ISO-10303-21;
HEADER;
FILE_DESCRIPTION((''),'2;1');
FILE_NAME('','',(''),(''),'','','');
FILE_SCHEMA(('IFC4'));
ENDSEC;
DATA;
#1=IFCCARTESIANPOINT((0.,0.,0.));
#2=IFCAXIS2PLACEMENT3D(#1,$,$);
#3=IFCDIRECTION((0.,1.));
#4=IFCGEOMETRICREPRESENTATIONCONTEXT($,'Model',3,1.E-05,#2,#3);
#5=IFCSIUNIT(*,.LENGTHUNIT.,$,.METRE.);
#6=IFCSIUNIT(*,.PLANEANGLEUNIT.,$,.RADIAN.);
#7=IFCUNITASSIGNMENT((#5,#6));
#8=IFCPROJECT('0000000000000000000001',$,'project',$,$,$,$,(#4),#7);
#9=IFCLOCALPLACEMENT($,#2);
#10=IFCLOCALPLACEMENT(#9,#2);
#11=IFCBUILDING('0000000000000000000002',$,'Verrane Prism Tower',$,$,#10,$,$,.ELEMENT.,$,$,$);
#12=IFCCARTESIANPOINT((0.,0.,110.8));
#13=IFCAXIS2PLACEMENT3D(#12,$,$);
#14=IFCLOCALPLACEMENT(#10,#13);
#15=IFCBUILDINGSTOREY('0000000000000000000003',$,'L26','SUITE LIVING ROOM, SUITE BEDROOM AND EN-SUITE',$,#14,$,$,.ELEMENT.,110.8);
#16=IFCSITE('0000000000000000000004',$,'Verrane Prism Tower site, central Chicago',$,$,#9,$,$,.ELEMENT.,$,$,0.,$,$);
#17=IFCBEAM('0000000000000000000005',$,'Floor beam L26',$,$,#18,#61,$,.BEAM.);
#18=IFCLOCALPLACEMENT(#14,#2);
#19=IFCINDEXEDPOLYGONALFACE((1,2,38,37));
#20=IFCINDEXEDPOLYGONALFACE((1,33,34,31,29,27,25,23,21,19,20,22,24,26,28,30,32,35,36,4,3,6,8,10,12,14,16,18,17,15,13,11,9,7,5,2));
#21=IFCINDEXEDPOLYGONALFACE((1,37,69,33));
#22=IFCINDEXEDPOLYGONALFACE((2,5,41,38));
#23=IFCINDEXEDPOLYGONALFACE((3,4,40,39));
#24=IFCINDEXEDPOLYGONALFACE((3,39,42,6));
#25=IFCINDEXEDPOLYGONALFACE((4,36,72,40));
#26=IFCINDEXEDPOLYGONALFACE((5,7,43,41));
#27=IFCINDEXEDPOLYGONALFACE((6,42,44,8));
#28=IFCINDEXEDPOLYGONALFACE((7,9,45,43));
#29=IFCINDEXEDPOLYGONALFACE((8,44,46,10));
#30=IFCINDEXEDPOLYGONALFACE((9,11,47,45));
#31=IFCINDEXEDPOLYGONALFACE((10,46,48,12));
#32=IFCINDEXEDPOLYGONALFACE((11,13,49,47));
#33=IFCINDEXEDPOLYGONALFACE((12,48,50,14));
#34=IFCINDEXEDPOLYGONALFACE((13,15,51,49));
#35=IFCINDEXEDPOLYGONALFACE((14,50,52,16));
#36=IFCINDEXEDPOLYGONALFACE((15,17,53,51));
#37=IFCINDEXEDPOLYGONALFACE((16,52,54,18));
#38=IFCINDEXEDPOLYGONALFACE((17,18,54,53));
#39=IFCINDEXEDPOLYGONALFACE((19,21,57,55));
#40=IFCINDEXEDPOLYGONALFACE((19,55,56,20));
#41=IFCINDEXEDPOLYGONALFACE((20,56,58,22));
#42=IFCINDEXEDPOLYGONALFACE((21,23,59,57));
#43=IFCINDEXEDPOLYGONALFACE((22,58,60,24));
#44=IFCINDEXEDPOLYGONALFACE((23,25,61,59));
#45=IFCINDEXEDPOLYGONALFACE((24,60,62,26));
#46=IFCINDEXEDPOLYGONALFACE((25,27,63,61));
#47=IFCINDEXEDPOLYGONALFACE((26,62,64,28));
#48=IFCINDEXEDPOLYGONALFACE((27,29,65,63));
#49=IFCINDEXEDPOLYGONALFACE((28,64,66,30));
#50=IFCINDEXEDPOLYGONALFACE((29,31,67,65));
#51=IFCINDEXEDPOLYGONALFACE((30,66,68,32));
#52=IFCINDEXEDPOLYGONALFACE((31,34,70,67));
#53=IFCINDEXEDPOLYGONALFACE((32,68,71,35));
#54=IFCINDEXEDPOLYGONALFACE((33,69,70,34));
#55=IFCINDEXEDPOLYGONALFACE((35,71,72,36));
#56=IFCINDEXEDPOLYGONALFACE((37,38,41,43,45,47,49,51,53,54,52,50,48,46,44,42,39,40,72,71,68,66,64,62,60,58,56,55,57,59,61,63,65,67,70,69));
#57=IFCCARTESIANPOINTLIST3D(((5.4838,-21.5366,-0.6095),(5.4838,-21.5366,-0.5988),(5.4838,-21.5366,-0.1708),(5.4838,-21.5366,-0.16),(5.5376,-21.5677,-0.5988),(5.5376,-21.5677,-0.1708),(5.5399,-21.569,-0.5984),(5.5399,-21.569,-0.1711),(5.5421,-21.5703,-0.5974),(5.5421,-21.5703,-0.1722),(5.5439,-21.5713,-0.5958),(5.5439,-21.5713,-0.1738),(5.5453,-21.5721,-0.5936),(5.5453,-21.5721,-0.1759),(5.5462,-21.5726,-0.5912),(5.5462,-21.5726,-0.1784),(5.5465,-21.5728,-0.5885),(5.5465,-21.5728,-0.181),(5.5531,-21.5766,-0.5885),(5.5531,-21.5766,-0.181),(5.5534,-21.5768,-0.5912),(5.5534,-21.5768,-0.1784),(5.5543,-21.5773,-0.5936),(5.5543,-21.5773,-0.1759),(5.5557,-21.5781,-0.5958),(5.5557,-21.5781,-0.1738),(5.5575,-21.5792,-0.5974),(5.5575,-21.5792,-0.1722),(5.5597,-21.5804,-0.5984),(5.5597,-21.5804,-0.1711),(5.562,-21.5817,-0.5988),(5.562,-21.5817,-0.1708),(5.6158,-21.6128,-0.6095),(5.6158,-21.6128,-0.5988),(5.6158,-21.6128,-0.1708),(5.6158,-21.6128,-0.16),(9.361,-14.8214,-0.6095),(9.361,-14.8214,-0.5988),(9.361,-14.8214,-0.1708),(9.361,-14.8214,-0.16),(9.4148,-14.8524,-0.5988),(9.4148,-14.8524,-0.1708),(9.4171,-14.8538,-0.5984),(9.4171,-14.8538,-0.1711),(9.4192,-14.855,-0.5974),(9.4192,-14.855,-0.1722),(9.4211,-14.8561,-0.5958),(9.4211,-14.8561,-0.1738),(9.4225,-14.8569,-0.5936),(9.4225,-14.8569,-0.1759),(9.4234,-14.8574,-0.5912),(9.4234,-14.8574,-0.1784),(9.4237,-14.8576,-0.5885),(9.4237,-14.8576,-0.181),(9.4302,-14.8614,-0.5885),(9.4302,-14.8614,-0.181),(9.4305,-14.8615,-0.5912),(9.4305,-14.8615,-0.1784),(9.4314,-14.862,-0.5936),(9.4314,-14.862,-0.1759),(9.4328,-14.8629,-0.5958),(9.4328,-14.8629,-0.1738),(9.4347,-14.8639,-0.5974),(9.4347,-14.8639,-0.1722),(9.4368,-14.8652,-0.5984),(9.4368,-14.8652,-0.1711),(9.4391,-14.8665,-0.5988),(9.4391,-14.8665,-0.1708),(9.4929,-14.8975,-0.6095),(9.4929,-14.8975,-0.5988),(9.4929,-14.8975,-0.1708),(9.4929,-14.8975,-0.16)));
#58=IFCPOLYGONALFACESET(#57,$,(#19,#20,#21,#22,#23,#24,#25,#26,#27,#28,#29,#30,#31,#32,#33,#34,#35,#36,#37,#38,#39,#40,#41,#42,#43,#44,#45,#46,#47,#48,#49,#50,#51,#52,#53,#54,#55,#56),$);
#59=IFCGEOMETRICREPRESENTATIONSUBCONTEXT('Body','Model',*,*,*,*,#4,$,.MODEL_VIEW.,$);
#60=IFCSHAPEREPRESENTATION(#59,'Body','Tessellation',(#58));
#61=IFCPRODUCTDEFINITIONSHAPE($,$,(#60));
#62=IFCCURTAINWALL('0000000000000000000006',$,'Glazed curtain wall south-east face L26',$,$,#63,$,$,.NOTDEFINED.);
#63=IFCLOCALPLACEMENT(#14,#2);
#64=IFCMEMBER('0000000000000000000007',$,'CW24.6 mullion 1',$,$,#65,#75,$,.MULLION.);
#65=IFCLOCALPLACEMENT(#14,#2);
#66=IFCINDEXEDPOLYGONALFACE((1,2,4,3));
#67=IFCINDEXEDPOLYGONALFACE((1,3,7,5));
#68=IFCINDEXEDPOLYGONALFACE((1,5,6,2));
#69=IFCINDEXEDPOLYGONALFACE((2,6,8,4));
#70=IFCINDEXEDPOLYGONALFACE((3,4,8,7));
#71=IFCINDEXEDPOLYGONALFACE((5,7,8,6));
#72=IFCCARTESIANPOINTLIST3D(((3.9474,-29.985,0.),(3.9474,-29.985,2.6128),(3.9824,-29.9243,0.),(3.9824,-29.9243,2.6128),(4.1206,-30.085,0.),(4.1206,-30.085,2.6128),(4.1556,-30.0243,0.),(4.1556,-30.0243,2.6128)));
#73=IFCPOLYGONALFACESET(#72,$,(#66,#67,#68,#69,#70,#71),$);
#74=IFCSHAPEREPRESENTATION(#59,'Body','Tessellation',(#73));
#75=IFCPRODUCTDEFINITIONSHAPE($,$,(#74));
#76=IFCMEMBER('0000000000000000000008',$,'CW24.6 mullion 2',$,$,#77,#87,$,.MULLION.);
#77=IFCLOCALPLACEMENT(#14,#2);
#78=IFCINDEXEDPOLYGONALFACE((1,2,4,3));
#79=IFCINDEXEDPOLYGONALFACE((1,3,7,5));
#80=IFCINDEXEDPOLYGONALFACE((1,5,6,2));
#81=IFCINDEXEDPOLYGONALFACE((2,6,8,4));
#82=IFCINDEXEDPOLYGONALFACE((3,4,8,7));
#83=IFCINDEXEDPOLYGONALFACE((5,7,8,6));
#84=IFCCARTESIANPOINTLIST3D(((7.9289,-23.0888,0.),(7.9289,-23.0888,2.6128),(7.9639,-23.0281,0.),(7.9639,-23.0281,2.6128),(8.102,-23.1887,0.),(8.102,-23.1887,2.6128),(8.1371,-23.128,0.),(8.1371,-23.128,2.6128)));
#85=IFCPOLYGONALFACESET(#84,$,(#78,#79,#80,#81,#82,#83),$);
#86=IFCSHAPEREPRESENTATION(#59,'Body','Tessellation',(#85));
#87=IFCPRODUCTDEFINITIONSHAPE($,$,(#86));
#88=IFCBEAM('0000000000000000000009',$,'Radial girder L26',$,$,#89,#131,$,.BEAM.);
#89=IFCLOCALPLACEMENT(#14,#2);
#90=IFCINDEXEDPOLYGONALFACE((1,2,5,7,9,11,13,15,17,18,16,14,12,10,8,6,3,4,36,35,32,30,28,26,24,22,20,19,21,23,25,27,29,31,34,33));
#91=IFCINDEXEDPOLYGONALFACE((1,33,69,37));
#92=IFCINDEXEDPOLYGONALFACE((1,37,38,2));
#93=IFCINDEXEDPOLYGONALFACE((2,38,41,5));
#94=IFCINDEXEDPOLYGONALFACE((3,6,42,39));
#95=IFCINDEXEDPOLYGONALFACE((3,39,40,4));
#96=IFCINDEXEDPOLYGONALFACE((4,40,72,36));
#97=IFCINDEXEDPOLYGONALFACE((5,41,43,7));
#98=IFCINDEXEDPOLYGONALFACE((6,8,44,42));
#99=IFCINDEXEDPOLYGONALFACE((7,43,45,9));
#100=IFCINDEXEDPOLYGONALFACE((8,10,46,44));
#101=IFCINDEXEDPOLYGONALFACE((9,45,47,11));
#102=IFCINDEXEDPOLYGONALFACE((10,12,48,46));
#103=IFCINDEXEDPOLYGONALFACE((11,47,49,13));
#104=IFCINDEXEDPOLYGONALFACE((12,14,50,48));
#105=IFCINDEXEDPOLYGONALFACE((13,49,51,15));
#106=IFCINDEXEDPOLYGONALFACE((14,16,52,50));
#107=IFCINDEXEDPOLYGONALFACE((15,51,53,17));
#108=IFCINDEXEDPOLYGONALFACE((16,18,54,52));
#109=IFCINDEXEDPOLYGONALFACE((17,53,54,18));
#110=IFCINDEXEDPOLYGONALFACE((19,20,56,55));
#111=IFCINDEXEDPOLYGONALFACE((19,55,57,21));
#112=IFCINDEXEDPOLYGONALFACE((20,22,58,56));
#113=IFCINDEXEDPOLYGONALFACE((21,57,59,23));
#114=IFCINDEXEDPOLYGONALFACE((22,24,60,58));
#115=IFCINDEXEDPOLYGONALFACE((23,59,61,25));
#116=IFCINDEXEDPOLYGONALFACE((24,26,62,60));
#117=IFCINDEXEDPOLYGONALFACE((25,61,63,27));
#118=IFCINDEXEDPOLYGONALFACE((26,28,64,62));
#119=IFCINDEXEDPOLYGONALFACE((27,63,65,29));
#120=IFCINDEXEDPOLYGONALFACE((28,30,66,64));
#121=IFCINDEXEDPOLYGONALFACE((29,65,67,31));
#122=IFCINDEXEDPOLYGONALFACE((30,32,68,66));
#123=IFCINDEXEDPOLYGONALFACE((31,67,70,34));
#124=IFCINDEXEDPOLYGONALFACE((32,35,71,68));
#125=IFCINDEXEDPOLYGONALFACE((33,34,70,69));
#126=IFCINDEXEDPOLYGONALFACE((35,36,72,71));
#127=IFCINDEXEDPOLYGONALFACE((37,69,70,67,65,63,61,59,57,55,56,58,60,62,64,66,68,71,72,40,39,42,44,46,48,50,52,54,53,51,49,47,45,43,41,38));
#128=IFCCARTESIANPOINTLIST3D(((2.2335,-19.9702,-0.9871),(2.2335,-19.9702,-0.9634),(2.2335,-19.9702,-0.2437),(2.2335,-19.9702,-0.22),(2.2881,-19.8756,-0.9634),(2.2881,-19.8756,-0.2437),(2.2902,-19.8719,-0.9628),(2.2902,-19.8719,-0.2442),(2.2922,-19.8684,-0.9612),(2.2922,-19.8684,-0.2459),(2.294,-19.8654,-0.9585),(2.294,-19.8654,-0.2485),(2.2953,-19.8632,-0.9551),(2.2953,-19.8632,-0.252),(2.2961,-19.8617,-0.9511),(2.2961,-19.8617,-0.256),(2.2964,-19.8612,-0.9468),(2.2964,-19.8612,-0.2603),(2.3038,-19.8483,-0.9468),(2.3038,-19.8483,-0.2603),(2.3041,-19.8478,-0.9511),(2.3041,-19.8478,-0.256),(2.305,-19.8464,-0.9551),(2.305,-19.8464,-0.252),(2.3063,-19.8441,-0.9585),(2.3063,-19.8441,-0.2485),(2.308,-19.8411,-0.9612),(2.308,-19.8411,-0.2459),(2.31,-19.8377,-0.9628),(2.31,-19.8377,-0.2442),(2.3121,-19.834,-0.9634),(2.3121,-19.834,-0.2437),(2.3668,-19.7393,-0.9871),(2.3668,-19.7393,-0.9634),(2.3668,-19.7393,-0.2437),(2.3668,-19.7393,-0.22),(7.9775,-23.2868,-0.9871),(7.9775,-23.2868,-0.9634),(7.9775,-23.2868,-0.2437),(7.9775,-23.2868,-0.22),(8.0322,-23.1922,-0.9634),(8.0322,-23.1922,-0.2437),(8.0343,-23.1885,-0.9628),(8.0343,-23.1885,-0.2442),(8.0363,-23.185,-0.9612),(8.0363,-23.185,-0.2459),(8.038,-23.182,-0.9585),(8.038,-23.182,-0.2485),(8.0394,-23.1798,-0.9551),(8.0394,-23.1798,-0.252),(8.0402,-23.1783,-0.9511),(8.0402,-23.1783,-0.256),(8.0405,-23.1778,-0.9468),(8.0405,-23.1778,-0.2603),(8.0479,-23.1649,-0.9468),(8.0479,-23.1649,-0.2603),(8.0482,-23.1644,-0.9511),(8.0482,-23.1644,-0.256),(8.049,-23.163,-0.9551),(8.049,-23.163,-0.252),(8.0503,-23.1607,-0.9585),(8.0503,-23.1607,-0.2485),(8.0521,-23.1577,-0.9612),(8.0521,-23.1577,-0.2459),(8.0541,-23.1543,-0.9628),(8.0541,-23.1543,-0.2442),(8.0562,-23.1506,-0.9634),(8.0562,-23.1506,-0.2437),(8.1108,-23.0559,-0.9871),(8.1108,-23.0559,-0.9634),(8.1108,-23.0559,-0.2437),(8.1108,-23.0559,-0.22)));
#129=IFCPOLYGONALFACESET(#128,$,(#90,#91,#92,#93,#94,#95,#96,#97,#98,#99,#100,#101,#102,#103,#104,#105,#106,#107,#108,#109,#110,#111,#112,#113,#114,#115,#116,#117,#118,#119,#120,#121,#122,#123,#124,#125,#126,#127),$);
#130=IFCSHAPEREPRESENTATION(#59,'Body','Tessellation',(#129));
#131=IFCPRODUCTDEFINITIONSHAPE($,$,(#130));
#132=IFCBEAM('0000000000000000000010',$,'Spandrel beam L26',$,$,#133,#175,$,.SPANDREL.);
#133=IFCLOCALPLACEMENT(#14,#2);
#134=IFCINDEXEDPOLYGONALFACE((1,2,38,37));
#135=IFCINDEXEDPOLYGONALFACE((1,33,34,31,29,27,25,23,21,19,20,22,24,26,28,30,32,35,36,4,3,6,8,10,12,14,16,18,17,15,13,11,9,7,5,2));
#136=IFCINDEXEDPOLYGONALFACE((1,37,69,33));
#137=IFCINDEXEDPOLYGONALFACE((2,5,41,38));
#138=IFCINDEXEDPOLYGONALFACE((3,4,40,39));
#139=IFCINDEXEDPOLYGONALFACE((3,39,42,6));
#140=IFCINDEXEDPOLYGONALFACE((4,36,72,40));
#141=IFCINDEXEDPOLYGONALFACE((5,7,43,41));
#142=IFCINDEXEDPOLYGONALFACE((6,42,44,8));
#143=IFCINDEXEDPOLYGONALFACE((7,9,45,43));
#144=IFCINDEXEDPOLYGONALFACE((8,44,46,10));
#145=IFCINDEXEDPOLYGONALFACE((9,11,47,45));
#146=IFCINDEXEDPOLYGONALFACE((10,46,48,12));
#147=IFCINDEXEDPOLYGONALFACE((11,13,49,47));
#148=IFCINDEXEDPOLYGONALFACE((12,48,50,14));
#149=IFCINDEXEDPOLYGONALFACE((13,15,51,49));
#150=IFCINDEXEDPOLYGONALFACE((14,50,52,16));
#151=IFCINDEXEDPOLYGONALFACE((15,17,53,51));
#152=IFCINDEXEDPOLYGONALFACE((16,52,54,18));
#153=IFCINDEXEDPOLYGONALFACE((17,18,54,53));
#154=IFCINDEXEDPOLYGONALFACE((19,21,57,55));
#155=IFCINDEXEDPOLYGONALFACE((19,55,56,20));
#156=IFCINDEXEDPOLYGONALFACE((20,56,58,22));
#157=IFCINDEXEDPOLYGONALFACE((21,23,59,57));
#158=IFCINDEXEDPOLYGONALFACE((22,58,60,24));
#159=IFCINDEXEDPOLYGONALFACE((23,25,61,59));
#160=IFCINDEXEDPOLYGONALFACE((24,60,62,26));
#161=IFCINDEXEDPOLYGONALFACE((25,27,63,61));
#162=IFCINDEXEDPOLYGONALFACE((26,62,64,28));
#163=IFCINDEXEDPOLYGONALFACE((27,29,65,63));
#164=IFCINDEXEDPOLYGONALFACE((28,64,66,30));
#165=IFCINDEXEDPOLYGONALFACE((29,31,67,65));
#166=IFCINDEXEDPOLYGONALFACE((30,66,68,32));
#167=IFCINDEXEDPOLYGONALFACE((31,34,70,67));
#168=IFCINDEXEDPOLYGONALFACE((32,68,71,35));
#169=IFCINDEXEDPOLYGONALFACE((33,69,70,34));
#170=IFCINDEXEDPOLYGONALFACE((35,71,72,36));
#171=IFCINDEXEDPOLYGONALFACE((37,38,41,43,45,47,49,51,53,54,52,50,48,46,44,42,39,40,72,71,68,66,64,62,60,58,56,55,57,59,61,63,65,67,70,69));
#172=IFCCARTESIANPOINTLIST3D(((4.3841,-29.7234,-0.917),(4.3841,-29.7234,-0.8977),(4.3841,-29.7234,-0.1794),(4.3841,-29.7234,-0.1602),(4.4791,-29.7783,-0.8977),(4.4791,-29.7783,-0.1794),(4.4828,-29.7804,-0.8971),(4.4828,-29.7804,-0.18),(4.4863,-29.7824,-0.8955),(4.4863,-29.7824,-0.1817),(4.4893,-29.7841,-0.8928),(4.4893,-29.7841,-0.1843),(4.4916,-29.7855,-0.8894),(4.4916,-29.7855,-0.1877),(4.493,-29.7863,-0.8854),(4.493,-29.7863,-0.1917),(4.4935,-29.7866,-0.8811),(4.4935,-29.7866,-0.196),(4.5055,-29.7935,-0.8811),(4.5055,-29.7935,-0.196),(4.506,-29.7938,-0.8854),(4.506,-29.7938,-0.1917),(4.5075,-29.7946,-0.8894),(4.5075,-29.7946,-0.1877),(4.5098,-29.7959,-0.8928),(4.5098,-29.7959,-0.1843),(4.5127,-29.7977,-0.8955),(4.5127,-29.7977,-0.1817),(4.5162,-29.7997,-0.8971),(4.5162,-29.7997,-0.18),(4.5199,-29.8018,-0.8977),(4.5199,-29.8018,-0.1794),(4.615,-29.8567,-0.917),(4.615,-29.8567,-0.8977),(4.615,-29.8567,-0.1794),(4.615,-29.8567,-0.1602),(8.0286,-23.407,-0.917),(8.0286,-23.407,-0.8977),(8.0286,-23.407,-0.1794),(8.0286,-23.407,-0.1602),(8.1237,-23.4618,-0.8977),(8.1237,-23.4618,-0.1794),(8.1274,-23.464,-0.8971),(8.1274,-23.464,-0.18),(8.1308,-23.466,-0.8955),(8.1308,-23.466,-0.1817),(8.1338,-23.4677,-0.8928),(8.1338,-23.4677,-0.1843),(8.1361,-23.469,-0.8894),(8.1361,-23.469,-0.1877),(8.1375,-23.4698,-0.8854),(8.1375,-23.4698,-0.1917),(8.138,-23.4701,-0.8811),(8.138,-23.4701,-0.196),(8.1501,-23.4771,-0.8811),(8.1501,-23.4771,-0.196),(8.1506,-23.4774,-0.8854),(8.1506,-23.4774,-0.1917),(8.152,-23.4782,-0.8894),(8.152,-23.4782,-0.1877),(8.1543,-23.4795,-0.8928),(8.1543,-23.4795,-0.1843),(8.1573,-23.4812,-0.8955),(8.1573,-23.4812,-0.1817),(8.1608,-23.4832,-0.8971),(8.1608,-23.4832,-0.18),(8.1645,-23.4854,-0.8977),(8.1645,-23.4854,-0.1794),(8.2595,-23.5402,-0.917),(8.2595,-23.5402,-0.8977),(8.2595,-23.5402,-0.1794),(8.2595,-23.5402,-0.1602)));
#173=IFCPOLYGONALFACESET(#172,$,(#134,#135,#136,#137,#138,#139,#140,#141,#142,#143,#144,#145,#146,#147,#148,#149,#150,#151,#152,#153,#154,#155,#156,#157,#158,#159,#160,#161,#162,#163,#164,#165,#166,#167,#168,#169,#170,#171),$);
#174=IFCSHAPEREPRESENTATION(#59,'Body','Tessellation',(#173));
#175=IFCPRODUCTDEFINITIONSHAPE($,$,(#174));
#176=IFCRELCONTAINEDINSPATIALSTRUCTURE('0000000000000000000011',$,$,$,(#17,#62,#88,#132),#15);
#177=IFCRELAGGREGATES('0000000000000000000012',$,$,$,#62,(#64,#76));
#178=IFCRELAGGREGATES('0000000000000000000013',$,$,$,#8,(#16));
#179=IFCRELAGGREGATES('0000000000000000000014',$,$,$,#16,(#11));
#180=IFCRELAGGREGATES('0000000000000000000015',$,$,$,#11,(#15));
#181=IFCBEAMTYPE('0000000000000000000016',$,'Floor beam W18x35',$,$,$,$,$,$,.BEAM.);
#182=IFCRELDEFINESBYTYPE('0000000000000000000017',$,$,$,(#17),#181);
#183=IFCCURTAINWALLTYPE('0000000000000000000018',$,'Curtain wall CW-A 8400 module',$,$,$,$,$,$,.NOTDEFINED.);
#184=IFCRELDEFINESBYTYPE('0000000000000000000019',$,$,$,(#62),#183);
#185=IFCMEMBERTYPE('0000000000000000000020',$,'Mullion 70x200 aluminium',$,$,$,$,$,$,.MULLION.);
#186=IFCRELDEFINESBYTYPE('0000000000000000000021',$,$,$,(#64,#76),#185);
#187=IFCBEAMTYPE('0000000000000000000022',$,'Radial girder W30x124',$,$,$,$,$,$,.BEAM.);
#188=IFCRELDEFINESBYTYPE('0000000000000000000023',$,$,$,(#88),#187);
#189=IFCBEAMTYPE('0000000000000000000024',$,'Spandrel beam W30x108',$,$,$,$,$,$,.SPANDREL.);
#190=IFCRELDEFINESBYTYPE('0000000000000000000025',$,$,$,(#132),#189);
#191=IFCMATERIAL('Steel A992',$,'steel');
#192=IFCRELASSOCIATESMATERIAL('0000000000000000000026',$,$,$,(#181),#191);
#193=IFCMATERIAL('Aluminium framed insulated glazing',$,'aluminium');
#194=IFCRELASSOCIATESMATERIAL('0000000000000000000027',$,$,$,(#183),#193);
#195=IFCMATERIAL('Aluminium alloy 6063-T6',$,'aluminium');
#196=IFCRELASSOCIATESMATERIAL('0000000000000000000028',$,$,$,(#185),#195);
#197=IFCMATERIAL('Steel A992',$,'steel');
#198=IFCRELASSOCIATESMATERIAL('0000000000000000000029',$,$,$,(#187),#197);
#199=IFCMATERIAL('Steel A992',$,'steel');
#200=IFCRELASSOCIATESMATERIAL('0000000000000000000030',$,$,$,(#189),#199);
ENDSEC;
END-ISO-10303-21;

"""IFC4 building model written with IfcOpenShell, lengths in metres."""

from ifc_helpers import new_model, si_unit, direction, frame, origin, origin_2d, place, context, subcontext, project, spatial, rectangle, i_section, extrude, material, material_profile, profile_set, type_object, element, aggregate, save


model = new_model("IFC4")

# Units and contexts
model_context = context("Model", 3, precision=1e-05, world=origin(), true_north=direction((0.0, 1.0)))
body_context = subcontext(model_context, "Body", "Model", "MODEL_VIEW")
ifc_project = project(units=[si_unit("LENGTHUNIT", "METRE"), si_unit("PLANEANGLEUNIT", "RADIAN")], contexts=[model_context])

# Site, building, storey
site_placement = place(None, origin())
site = spatial("IfcSite", under=ifc_project, at=site_placement, Name="Verrane Prism Tower site, central Chicago", CompositionType="ELEMENT", RefElevation=0.0)
building_placement = place(site_placement, origin())
building = spatial("IfcBuilding", under=site, at=building_placement, Name="Verrane Prism Tower", CompositionType="ELEMENT")
storey_placement = place(building_placement, frame((0.0, 0.0, 110.8)))
storey = spatial("IfcBuildingStorey", under=building, at=storey_placement, Name="L26", Description="SUITE LIVING ROOM, SUITE BEDROOM AND EN-SUITE", CompositionType="ELEMENT", Elevation=110.8)

# Beam
ifc_material_1 = material(Name="Steel A992", Category="steel")
ifc_material_profile_1 = material_profile(ifc_material_1, i_section(OverallWidth=0.1523, OverallDepth=0.4495, WebThickness=0.0076, FlangeThickness=0.0107, FilletRadius=0.0103, at=origin_2d()), Name="W18x35")
ifc_profile_set_1 = profile_set([ifc_material_profile_1], Name="Steel A992")
beam_type_1 = type_object("IfcBeamType", Name="Floor beam W18x35", PredefinedType="BEAM", material=ifc_profile_set_1)
beam_1_placement = place(storey_placement, frame((5.5498, -21.5747, -0.3848), z_axis=(0.50001, 0.86602, 0.0), x_axis=(-0.86602, 0.50001, 0.0)))
element("IfcBeam", 1, at=beam_1_placement, inside=storey, type_object=beam_type_1, Name="Floor beam L26", PredefinedType="BEAM", context=body_context, shape_type="SweptSolid", body=[
    extrude(i_section(OverallWidth=0.1523, OverallDepth=0.4495, WebThickness=0.0076, FlangeThickness=0.0107, FilletRadius=0.0103, at=origin_2d()), origin(), (0.0, 0.0, 1.0), 7.7542),
])

# Curtain wall, members
ifc_material_2 = material(Name="Aluminium framed insulated glazing", Category="aluminium")
curtain_wall_type = type_object("IfcCurtainWallType", Name="Curtain wall CW-A 8400 module", PredefinedType="NOTDEFINED", material=ifc_material_2)
curtain_wall_1_placement = place(storey_placement, origin())
curtain_wall_1 = element("IfcCurtainWall", 2, at=curtain_wall_1_placement, inside=storey, type_object=curtain_wall_type, Name="Glazed curtain wall south-east face L26", PredefinedType="NOTDEFINED")
ifc_material_3 = material(Name="Aluminium alloy 6063-T6", Category="aluminium")
ifc_material_profile_2 = material_profile(ifc_material_3, rectangle(XDim=0.2, YDim=0.0701, at=origin_2d()), Name="Mullion 70x200 aluminium")
ifc_profile_set_2 = profile_set([ifc_material_profile_2], Name="Aluminium alloy 6063-T6")
member_type_1 = type_object("IfcMemberType", Name="Mullion 70x200 aluminium", PredefinedType="MULLION", material=ifc_profile_set_2)
member_1_placement = place(storey_placement, frame((4.0515, -30.0046, 0.0), z_axis=(0.0, 0.0, 1.0), x_axis=(-0.866025, 0.5, 0.0)))
member_1 = element("IfcMember", 3, at=member_1_placement, type_object=member_type_1, Name="CW24.6 mullion 1", PredefinedType="MULLION", context=body_context, shape_type="SweptSolid", body=[
    extrude(rectangle(XDim=0.2, YDim=0.0701, at=origin_2d()), origin(), (0.0, 0.0, 1.0), 2.6128),
])
member_2_placement = place(storey_placement, frame((8.033, -23.1084, 0.0), z_axis=(0.0, 0.0, 1.0), x_axis=(-0.866025, 0.5, 0.0)))
member_2 = element("IfcMember", 4, at=member_2_placement, type_object=member_type_1, Name="CW24.6 mullion 2", PredefinedType="MULLION", context=body_context, shape_type="SweptSolid", body=[
    extrude(rectangle(XDim=0.2, YDim=0.0701, at=origin_2d()), origin(), (0.0, 0.0, 1.0), 2.6128),
])

# Beams
ifc_material_4 = material(Name="Steel A992", Category="steel")
ifc_material_profile_3 = material_profile(ifc_material_4, i_section(OverallWidth=0.2666, OverallDepth=0.7671, WebThickness=0.0149, FlangeThickness=0.0237, FilletRadius=0.0166, at=origin_2d()), Name="W30x124")
ifc_profile_set_3 = profile_set([ifc_material_profile_3], Name="Steel A992")
beam_type_2 = type_object("IfcBeamType", Name="Radial girder W30x124", PredefinedType="BEAM", material=ifc_profile_set_3)
beam_2_placement = place(storey_placement, frame((8.0442, -23.1714, -0.6035), z_axis=(-0.866008, 0.50003, 0.0), x_axis=(-0.50003, -0.866008, 0.0)))
element("IfcBeam", 5, at=beam_2_placement, inside=storey, type_object=beam_type_2, Name="Radial girder L26", PredefinedType="BEAM", context=body_context, shape_type="SweptSolid", body=[
    extrude(i_section(OverallWidth=0.2666, OverallDepth=0.7671, WebThickness=0.0149, FlangeThickness=0.0237, FilletRadius=0.0166, at=origin_2d()), origin(), (0.0, 0.0, 1.0), 6.6328),
])
ifc_material_5 = material(Name="Steel A992", Category="steel")
ifc_material_profile_4 = material_profile(ifc_material_5, i_section(OverallWidth=0.2666, OverallDepth=0.7568, WebThickness=0.0139, FlangeThickness=0.0193, FilletRadius=0.0166, at=origin_2d()), Name="W30x108")
ifc_profile_set_4 = profile_set([ifc_material_profile_4], Name="Steel A992")
beam_type_3 = type_object("IfcBeamType", Name="Spandrel beam W30x108", PredefinedType="SPANDREL", material=ifc_profile_set_4)
beam_3_placement = place(storey_placement, frame((4.4995, -29.79, -0.5386), z_axis=(0.499769, 0.866159, 0.0), x_axis=(-0.866159, 0.499769, 0.0)))
element("IfcBeam", 6, at=beam_3_placement, inside=storey, type_object=beam_type_3, Name="Spandrel beam L26", PredefinedType="SPANDREL", context=body_context, shape_type="SweptSolid", body=[
    extrude(i_section(OverallWidth=0.2666, OverallDepth=0.7568, WebThickness=0.0139, FlangeThickness=0.0193, FilletRadius=0.0166, at=origin_2d()), origin(), (0.0, 0.0, 1.0), 7.2925),
])

aggregate(curtain_wall_1, [member_1, member_2])

save(model, "model.ifc")
